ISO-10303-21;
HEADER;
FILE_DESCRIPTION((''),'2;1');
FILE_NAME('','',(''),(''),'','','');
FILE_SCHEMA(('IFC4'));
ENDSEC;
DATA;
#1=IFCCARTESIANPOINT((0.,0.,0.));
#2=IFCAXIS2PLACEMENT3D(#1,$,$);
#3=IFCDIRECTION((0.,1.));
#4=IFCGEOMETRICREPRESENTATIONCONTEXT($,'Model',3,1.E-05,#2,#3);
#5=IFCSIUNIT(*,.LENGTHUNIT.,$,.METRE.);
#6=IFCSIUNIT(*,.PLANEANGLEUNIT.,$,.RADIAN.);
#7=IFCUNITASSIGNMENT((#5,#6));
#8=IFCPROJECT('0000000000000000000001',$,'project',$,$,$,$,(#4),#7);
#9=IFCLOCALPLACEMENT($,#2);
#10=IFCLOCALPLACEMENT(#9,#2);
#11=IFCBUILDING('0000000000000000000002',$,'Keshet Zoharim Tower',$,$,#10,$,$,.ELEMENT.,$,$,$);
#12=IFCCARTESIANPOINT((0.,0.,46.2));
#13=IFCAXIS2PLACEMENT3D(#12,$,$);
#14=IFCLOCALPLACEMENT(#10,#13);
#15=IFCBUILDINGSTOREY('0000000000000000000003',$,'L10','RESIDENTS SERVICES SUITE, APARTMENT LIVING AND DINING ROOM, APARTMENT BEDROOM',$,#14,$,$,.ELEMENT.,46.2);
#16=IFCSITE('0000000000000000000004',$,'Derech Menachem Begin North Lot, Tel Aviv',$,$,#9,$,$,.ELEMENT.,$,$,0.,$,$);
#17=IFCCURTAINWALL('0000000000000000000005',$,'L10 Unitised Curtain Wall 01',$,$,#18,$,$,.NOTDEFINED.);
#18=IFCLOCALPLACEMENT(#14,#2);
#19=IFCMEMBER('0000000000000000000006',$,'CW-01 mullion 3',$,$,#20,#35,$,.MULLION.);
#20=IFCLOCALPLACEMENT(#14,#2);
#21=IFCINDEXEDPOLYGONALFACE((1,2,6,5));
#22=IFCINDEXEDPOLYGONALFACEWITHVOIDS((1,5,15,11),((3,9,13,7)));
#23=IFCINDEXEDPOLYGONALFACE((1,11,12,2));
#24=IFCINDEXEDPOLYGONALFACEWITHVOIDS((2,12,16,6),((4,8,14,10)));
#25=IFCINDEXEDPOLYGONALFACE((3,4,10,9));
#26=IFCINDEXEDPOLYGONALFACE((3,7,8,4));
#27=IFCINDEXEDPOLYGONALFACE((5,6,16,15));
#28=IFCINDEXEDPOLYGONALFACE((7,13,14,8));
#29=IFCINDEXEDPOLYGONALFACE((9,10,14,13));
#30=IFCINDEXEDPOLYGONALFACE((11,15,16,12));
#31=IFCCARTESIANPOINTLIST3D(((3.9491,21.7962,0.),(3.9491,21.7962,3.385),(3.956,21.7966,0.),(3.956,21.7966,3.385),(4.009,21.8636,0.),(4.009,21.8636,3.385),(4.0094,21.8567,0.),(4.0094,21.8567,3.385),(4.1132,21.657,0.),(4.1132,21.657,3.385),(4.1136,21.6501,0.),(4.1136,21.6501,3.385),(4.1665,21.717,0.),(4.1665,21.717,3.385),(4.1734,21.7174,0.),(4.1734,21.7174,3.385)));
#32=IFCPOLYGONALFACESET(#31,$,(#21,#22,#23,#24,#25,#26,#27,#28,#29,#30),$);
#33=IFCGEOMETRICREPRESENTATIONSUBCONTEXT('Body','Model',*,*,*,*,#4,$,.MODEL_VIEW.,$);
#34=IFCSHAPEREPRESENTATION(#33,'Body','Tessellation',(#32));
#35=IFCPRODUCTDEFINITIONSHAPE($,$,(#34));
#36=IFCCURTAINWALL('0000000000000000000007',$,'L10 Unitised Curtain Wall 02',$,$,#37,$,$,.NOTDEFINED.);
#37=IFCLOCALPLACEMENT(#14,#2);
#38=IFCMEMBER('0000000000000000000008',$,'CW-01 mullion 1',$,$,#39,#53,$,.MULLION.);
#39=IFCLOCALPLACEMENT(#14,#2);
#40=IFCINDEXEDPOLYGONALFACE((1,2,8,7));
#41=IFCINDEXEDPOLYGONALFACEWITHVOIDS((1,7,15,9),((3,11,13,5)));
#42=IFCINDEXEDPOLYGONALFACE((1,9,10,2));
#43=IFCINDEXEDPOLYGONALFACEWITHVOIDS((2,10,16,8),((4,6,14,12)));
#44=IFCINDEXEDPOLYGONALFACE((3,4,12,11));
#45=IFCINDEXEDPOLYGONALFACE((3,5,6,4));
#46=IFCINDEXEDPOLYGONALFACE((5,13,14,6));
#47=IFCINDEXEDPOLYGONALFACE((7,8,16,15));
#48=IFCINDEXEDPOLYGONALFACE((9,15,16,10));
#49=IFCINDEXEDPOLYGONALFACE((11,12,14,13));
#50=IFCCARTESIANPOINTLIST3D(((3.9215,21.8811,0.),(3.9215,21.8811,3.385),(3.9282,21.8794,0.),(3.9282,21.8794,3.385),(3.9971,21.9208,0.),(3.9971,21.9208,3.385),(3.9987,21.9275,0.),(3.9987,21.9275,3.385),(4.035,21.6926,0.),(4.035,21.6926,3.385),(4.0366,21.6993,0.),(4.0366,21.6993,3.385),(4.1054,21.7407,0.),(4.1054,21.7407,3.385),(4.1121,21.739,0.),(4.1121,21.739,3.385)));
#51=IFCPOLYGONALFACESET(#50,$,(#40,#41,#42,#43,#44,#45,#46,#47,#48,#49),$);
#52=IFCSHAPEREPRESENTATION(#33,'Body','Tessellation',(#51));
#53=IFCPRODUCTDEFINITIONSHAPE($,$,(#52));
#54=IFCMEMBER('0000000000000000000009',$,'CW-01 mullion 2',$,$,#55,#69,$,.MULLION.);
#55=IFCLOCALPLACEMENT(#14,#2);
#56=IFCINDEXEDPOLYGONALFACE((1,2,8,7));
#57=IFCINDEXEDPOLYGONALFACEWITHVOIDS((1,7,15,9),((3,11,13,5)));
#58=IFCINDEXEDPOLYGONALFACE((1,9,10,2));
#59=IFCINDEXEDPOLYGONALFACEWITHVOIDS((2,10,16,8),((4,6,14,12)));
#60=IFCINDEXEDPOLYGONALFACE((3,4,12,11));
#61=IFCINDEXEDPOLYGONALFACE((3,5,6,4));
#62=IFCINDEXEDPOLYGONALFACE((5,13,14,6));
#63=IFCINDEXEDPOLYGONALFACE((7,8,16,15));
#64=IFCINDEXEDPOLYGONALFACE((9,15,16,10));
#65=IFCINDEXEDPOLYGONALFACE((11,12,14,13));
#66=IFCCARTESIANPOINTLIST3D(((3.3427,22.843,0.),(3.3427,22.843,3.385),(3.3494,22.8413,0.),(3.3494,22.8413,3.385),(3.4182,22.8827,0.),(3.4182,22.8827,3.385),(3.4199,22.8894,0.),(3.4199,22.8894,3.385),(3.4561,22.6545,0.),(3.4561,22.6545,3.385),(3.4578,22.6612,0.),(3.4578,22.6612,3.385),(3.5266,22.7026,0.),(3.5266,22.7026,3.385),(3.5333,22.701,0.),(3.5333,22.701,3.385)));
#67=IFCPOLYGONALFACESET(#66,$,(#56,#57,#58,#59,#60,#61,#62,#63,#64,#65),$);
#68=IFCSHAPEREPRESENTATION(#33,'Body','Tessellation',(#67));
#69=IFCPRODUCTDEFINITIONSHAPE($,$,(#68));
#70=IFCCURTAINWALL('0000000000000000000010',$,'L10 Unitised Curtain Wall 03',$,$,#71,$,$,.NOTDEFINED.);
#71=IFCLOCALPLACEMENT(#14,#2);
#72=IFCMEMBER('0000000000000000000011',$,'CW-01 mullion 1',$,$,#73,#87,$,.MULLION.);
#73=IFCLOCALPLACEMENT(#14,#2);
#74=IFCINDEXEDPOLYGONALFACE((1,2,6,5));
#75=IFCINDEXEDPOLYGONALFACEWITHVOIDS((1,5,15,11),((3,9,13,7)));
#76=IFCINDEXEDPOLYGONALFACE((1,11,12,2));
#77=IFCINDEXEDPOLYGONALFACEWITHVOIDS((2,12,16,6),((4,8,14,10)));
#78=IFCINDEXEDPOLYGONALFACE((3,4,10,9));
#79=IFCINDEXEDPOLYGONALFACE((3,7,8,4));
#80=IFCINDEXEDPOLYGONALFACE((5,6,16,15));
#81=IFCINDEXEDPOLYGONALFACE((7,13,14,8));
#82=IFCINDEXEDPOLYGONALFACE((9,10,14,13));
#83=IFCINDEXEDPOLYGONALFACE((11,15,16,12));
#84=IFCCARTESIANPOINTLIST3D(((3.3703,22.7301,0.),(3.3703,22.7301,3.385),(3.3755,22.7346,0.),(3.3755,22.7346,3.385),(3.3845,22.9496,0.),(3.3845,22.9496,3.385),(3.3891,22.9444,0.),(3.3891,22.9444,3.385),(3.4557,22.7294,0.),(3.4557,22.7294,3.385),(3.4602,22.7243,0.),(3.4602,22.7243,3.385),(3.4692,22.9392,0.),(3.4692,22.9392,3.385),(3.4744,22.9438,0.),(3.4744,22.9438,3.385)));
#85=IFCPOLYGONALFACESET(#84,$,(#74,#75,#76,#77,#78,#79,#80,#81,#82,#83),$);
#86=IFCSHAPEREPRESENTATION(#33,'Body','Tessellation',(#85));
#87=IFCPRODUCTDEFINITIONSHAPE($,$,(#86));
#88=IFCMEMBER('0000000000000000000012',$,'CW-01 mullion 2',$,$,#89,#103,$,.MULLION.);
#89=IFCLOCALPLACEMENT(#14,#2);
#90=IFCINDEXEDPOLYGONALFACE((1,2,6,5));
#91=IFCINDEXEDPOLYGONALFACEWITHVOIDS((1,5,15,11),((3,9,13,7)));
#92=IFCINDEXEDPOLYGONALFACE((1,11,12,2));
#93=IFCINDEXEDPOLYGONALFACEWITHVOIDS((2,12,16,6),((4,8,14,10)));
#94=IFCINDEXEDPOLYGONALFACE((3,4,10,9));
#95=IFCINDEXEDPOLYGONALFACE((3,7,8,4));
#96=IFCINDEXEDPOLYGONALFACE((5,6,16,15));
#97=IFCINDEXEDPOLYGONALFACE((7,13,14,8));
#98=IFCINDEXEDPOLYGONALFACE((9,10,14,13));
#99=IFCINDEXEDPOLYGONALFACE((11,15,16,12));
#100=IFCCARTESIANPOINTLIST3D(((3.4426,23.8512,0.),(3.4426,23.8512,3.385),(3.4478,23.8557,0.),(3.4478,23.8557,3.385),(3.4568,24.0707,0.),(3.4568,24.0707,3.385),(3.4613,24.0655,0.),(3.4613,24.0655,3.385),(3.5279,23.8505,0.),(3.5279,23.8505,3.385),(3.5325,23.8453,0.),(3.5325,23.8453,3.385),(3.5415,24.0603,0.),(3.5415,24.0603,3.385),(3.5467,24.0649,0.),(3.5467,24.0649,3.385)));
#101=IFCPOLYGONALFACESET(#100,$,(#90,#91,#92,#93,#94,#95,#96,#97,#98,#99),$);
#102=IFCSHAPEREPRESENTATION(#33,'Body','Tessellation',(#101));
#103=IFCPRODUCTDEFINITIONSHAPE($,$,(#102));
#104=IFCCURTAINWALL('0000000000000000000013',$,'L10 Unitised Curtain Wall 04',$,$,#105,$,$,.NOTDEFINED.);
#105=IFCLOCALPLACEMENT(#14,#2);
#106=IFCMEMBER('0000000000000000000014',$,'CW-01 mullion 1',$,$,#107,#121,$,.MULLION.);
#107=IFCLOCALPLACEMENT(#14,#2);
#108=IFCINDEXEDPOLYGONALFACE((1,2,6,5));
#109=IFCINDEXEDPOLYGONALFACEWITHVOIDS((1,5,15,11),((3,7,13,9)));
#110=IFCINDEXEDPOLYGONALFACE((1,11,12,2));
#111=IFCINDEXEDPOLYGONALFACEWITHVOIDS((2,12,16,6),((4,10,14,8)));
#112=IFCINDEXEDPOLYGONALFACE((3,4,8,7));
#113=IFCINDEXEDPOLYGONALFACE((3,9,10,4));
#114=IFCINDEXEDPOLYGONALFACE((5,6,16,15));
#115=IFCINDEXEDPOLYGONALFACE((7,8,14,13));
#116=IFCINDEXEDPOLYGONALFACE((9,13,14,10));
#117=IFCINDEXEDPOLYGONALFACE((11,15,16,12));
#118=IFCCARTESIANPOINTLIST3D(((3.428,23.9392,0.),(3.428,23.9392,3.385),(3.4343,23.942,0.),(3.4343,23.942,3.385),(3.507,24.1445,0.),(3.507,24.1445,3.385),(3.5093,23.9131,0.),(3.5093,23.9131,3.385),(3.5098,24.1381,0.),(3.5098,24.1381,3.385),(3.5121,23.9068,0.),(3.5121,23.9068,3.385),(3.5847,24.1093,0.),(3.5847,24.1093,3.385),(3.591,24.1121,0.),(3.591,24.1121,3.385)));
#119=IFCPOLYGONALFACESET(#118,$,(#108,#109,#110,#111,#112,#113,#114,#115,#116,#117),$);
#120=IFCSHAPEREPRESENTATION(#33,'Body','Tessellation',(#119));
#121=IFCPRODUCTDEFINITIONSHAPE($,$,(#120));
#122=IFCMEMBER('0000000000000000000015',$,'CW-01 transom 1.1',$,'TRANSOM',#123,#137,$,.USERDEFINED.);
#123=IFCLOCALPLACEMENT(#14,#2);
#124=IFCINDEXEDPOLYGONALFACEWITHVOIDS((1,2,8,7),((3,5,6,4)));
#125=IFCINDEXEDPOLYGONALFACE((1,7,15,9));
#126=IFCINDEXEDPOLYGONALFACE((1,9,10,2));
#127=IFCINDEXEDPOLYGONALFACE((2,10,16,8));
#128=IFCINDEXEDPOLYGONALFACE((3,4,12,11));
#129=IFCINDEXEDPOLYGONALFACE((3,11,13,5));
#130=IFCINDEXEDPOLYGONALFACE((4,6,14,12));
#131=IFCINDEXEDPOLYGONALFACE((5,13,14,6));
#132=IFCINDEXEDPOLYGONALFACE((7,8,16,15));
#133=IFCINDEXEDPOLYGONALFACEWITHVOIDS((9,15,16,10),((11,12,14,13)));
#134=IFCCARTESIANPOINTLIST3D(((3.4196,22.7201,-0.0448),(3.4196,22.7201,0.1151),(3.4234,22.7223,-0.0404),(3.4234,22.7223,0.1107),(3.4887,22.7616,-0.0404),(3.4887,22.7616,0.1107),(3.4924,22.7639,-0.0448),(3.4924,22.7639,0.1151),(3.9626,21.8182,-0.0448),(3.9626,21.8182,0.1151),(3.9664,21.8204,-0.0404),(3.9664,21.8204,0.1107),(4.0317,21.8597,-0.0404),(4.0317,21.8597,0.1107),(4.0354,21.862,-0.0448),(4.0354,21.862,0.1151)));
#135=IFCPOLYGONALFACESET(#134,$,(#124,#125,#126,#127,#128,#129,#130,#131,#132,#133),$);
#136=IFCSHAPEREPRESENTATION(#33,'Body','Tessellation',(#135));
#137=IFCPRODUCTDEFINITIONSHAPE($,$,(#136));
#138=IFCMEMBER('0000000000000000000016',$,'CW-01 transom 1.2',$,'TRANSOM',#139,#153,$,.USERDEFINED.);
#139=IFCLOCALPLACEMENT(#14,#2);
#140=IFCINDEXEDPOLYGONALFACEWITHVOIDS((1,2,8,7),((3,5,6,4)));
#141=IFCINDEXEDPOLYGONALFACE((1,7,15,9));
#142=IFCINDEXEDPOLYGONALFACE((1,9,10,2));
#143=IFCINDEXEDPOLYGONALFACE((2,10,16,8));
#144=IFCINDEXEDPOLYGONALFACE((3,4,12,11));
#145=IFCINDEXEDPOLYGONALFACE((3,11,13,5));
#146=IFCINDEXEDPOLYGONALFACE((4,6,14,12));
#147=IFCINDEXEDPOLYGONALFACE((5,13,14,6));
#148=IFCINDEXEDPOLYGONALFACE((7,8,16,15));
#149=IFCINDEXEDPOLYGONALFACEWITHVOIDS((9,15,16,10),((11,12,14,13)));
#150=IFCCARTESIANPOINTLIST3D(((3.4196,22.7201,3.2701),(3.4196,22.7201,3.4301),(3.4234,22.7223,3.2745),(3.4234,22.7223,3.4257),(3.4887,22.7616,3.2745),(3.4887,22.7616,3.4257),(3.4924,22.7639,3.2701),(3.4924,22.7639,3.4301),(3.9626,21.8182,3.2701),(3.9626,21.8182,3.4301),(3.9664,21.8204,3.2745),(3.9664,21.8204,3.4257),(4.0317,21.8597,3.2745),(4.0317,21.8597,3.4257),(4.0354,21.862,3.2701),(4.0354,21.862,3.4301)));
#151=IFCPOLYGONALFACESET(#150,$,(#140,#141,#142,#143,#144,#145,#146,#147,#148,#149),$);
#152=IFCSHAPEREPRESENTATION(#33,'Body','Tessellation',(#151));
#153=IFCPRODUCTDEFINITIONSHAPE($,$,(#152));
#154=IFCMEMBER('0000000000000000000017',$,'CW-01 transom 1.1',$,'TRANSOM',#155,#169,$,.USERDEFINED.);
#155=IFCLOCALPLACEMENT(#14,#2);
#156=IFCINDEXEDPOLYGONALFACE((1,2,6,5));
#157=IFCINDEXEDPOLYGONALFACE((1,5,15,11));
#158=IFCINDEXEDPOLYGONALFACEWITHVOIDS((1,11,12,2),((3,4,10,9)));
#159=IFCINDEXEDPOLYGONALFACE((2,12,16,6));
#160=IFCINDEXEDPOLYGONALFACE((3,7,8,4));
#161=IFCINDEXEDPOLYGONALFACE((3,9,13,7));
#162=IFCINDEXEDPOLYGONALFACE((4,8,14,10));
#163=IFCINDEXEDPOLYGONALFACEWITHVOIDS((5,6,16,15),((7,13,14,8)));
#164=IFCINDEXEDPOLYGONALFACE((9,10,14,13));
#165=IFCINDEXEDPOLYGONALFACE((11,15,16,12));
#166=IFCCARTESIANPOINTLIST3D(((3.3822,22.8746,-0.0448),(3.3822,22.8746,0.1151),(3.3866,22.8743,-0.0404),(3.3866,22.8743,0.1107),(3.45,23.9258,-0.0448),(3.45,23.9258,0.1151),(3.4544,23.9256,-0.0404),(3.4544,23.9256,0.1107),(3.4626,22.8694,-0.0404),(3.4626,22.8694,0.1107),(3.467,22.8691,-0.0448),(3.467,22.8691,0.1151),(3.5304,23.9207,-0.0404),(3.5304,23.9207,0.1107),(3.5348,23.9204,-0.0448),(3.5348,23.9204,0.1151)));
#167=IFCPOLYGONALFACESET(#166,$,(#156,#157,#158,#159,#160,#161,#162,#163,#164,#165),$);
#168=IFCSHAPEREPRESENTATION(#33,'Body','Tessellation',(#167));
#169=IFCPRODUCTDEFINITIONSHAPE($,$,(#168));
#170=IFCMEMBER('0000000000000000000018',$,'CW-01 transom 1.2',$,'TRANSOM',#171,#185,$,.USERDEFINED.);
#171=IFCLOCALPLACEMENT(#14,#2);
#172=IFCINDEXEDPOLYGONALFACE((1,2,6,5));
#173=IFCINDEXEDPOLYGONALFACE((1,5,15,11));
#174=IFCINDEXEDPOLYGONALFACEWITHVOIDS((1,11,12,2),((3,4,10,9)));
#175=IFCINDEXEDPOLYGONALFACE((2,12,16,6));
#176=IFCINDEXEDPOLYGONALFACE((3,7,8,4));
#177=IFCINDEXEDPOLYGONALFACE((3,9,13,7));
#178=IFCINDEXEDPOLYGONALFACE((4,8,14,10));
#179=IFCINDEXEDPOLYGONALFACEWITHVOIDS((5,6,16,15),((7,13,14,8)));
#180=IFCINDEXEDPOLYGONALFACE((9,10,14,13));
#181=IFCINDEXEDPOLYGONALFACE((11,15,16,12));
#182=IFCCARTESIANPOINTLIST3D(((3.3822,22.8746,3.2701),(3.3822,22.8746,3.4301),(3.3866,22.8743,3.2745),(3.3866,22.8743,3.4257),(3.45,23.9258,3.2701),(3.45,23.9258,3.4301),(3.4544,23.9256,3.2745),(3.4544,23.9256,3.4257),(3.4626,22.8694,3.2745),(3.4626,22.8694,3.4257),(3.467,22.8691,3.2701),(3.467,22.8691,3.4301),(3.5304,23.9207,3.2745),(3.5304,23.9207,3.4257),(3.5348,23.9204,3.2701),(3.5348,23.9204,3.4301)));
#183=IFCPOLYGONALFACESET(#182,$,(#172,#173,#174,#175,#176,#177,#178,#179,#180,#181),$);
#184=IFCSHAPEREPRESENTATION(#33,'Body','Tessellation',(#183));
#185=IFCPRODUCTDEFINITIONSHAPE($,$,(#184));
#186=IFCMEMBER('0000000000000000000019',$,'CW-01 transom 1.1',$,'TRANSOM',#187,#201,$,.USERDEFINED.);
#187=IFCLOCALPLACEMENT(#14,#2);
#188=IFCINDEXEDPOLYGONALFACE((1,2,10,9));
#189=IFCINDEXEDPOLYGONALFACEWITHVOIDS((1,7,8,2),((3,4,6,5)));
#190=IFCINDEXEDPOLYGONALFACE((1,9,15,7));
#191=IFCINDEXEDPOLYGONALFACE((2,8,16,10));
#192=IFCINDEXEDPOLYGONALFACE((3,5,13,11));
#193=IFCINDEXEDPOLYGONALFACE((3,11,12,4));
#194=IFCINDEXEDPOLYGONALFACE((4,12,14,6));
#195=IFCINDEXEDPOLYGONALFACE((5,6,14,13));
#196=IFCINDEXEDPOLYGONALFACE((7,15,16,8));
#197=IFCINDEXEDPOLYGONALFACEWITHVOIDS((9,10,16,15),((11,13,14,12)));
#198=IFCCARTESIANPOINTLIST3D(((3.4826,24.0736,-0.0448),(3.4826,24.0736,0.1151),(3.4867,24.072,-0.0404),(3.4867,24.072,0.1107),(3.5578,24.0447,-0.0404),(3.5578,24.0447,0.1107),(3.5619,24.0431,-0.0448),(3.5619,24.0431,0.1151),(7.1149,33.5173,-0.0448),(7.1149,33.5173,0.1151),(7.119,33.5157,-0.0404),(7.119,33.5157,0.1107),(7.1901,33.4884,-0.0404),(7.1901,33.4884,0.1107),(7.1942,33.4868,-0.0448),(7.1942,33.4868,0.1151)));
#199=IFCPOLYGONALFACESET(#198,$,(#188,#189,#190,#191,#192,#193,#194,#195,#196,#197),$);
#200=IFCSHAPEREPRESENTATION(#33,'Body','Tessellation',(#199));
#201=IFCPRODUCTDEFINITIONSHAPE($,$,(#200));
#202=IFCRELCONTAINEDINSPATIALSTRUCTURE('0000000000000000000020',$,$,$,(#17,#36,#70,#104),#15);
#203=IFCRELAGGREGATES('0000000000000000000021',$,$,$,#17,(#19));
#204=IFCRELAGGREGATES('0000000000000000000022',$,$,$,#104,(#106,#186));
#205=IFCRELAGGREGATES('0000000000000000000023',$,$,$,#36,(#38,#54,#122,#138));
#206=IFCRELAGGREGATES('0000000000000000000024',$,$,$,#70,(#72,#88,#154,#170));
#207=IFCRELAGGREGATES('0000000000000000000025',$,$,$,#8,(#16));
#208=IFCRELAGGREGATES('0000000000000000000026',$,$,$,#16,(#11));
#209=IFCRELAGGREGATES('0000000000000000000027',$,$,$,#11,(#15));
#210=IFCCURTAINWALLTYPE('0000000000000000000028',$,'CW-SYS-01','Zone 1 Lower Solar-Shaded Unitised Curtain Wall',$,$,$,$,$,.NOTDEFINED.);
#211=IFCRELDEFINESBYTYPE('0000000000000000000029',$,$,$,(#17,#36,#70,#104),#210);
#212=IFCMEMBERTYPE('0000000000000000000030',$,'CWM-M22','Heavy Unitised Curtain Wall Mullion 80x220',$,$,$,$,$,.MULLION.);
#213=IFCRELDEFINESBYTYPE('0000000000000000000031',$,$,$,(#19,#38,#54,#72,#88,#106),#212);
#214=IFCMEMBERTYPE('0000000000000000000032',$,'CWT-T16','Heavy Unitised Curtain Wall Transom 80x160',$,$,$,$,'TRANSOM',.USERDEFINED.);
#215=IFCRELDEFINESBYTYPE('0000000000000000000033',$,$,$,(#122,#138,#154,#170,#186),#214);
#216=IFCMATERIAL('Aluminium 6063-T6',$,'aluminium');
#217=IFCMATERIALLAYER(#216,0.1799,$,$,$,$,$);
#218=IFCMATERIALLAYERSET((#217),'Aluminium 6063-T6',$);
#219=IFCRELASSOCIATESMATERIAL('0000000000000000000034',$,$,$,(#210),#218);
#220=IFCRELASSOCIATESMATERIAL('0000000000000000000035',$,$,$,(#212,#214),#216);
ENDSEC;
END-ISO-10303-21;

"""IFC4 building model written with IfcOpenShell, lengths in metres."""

from ifc_helpers import new_model, si_unit, direction, frame, origin, origin_2d, place, context, subcontext, project, spatial, hollow_rectangle, extrude, material, layer, layer_set, material_profile, profile_set, type_object, element, aggregate, save


model = new_model("IFC4")

# Units and contexts
model_context = context("Model", 3, precision=1e-05, world=origin(), true_north=direction((0.0, 1.0)))
body_context = subcontext(model_context, "Body", "Model", "MODEL_VIEW")
ifc_project = project(units=[si_unit("LENGTHUNIT", "METRE"), si_unit("PLANEANGLEUNIT", "RADIAN")], contexts=[model_context])

# Site, building, storey
site_placement = place(None, origin())
site = spatial("IfcSite", under=ifc_project, at=site_placement, Name="Derech Menachem Begin North Lot, Tel Aviv", CompositionType="ELEMENT", RefElevation=0.0)
building_placement = place(site_placement, origin())
building = spatial("IfcBuilding", under=site, at=building_placement, Name="Keshet Zoharim Tower", CompositionType="ELEMENT")
storey_placement = place(building_placement, frame((0.0, 0.0, 46.2)))
storey = spatial("IfcBuildingStorey", under=building, at=storey_placement, Name="L10", Description="RESIDENTS SERVICES SUITE, APARTMENT LIVING AND DINING ROOM, APARTMENT BEDROOM", CompositionType="ELEMENT", Elevation=46.2)

# Curtain wall, member
ifc_material_1 = material(Name="Aluminium 6063-T6", Category="aluminium")
ifc_layer_1 = layer(ifc_material_1, 0.1799)
ifc_layer_set_1 = layer_set([ifc_layer_1], Name="Aluminium 6063-T6")
curtain_wall_type = type_object("IfcCurtainWallType", Name="CW-SYS-01", Description="Zone 1 Lower Solar-Shaded Unitised Curtain Wall", PredefinedType="NOTDEFINED", material=ifc_layer_set_1)
curtain_wall_1_placement = place(storey_placement, origin())
curtain_wall_1 = element("IfcCurtainWall", 1, at=curtain_wall_1_placement, inside=storey, type_object=curtain_wall_type, Name="L10 Unitised Curtain Wall 01", PredefinedType="NOTDEFINED")
ifc_material_profile_1 = material_profile(ifc_material_1, hollow_rectangle(XDim=0.0901, YDim=0.22, WallThickness=0.0049, at=origin_2d()), Name="MUL-90x220")
ifc_profile_set_1 = profile_set([ifc_material_profile_1], Name="Aluminium 6063-T6")
member_type_1 = type_object("IfcMemberType", Name="CWM-M22", Description="Heavy Unitised Curtain Wall Mullion 80x220", PredefinedType="MULLION", material=ifc_profile_set_1)
member_1_placement = place(storey_placement, frame((4.0613, 21.7568, 0.0), z_axis=(0.0, 0.0, 1.0), x_axis=(-0.664364, -0.747409, 0.0)))
member_1 = element("IfcMember", 2, at=member_1_placement, type_object=member_type_1, Name="CW-01 mullion 3", PredefinedType="MULLION", context=body_context, shape_type="SweptSolid", body=[
    extrude(hollow_rectangle(XDim=0.0901, YDim=0.22, WallThickness=0.0049, at=origin_2d()), origin(), (0.0, 0.0, 1.0), 3.385),
])
aggregate(curtain_wall_1, [member_1])

# Curtain walls, members
curtain_wall_2_placement = place(storey_placement, origin())
curtain_wall_2 = element("IfcCurtainWall", 3, at=curtain_wall_2_placement, inside=storey, type_object=curtain_wall_type, Name="L10 Unitised Curtain Wall 02", PredefinedType="NOTDEFINED")
member_2_placement = place(storey_placement, frame((4.0168, 21.8101, 0.0), z_axis=(0.0, 0.0, 1.0), x_axis=(-0.856826, -0.515605, 0.0)))
member_2 = element("IfcMember", 4, at=member_2_placement, type_object=member_type_1, Name="CW-01 mullion 1", PredefinedType="MULLION", context=body_context, shape_type="SweptSolid", body=[
    extrude(hollow_rectangle(XDim=0.0901, YDim=0.22, WallThickness=0.0049, at=origin_2d()), origin(), (0.0, 0.0, 1.0), 3.385),
])
member_3_placement = place(storey_placement, frame((3.438, 22.772, 0.0), z_axis=(0.0, 0.0, 1.0), x_axis=(-0.856826, -0.515605, 0.0)))
member_3 = element("IfcMember", 5, at=member_3_placement, type_object=member_type_1, Name="CW-01 mullion 2", PredefinedType="MULLION", context=body_context, shape_type="SweptSolid", body=[
    extrude(hollow_rectangle(XDim=0.0901, YDim=0.22, WallThickness=0.0049, at=origin_2d()), origin(), (0.0, 0.0, 1.0), 3.385),
])
curtain_wall_3_placement = place(storey_placement, origin())
curtain_wall_3 = element("IfcCurtainWall", 6, at=curtain_wall_3_placement, inside=storey, type_object=curtain_wall_type, Name="L10 Unitised Curtain Wall 03", PredefinedType="NOTDEFINED")
member_4_placement = place(storey_placement, frame((3.4224, 22.8369, 0.0), z_axis=(0.0, 0.0, 1.0), x_axis=(-0.997917, 0.064517, 0.0)))
member_4 = element("IfcMember", 7, at=member_4_placement, type_object=member_type_1, Name="CW-01 mullion 1", PredefinedType="MULLION", context=body_context, shape_type="SweptSolid", body=[
    extrude(hollow_rectangle(XDim=0.0901, YDim=0.22, WallThickness=0.0049, at=origin_2d()), origin(), (0.0, 0.0, 1.0), 3.385),
])
member_5_placement = place(storey_placement, frame((3.4946, 23.958, 0.0), z_axis=(0.0, 0.0, 1.0), x_axis=(-0.997917, 0.064517, 0.0)))
member_5 = element("IfcMember", 8, at=member_5_placement, type_object=member_type_1, Name="CW-01 mullion 2", PredefinedType="MULLION", context=body_context, shape_type="SweptSolid", body=[
    extrude(hollow_rectangle(XDim=0.0901, YDim=0.22, WallThickness=0.0049, at=origin_2d()), origin(), (0.0, 0.0, 1.0), 3.385),
])

# Curtain wall, member
curtain_wall_4_placement = place(storey_placement, origin())
curtain_wall_4 = element("IfcCurtainWall", 9, at=curtain_wall_4_placement, inside=storey, type_object=curtain_wall_type, Name="L10 Unitised Curtain Wall 04", PredefinedType="NOTDEFINED")
member_6_placement = place(storey_placement, frame((3.5095, 24.0256, 0.0), z_axis=(0.0, 0.0, 1.0), x_axis=(-0.933341, 0.35899, 0.0)))
member_6 = element("IfcMember", 10, at=member_6_placement, type_object=member_type_1, Name="CW-01 mullion 1", PredefinedType="MULLION", context=body_context, shape_type="SweptSolid", body=[
    extrude(hollow_rectangle(XDim=0.0901, YDim=0.22, WallThickness=0.0049, at=origin_2d()), origin(), (0.0, 0.0, 1.0), 3.385),
])

# Members
ifc_material_profile_2 = material_profile(ifc_material_1, hollow_rectangle(XDim=0.085, YDim=0.1599, WallThickness=0.0044, at=origin_2d()), Name="TRN-85x160")
ifc_profile_set_2 = profile_set([ifc_material_profile_2], Name="Aluminium 6063-T6")
member_type_2 = type_object("IfcMemberType", Name="CWT-T16", Description="Heavy Unitised Curtain Wall Transom 80x160", ElementType="TRANSOM", PredefinedType="USERDEFINED", material=ifc_profile_set_2)
member_7_placement = place(storey_placement, frame((3.999, 21.8401, 0.0352), z_axis=(-0.515791, 0.856714, 0.0), x_axis=(-0.856714, -0.515791, 0.0)))
member_7 = element("IfcMember", 11, at=member_7_placement, type_object=member_type_2, Name="CW-01 transom 1.1", ObjectType="TRANSOM", PredefinedType="USERDEFINED", context=body_context, shape_type="SweptSolid", body=[
    extrude(hollow_rectangle(XDim=0.085, YDim=0.1599, WallThickness=0.0044, at=origin_2d()), origin(), (0.0, 0.0, 1.0), 1.0527),
])
member_8_placement = place(storey_placement, frame((3.999, 21.8401, 3.3501), z_axis=(-0.515791, 0.856714, 0.0), x_axis=(-0.856714, -0.515791, 0.0)))
member_8 = element("IfcMember", 12, at=member_8_placement, type_object=member_type_2, Name="CW-01 transom 1.2", ObjectType="TRANSOM", PredefinedType="USERDEFINED", context=body_context, shape_type="SweptSolid", body=[
    extrude(hollow_rectangle(XDim=0.085, YDim=0.1599, WallThickness=0.0044, at=origin_2d()), origin(), (0.0, 0.0, 1.0), 1.0527),
])
member_9_placement = place(storey_placement, frame((3.4246, 22.8718, 0.0352), z_axis=(0.064427, 0.997922, 0.0), x_axis=(-0.997922, 0.064427, 0.0)))
member_9 = element("IfcMember", 13, at=member_9_placement, type_object=member_type_2, Name="CW-01 transom 1.1", ObjectType="TRANSOM", PredefinedType="USERDEFINED", context=body_context, shape_type="SweptSolid", body=[
    extrude(hollow_rectangle(XDim=0.085, YDim=0.1599, WallThickness=0.0044, at=origin_2d()), origin(), (0.0, 0.0, 1.0), 1.0535),
])
member_10_placement = place(storey_placement, frame((3.4246, 22.8718, 3.3501), z_axis=(0.064427, 0.997922, 0.0), x_axis=(-0.997922, 0.064427, 0.0)))
member_10 = element("IfcMember", 14, at=member_10_placement, type_object=member_type_2, Name="CW-01 transom 1.2", ObjectType="TRANSOM", PredefinedType="USERDEFINED", context=body_context, shape_type="SweptSolid", body=[
    extrude(hollow_rectangle(XDim=0.085, YDim=0.1599, WallThickness=0.0044, at=origin_2d()), origin(), (0.0, 0.0, 1.0), 1.0535),
])
member_11_placement = place(storey_placement, frame((3.5222, 24.0583, 0.0352), z_axis=(0.358994, 0.93334, 0.0), x_axis=(-0.93334, 0.358994, 0.0)))
member_11 = element("IfcMember", 15, at=member_11_placement, type_object=member_type_2, Name="CW-01 transom 1.1", ObjectType="TRANSOM", PredefinedType="USERDEFINED", context=body_context, shape_type="SweptSolid", body=[
    extrude(hollow_rectangle(XDim=0.085, YDim=0.1599, WallThickness=0.0044, at=origin_2d()), origin(), (0.0, 0.0, 1.0), 10.1182),
])
aggregate(curtain_wall_4, [member_6, member_11])

aggregate(curtain_wall_2, [member_2, member_3, member_7, member_8])
aggregate(curtain_wall_3, [member_4, member_5, member_9, member_10])

save(model, "model.ifc")
